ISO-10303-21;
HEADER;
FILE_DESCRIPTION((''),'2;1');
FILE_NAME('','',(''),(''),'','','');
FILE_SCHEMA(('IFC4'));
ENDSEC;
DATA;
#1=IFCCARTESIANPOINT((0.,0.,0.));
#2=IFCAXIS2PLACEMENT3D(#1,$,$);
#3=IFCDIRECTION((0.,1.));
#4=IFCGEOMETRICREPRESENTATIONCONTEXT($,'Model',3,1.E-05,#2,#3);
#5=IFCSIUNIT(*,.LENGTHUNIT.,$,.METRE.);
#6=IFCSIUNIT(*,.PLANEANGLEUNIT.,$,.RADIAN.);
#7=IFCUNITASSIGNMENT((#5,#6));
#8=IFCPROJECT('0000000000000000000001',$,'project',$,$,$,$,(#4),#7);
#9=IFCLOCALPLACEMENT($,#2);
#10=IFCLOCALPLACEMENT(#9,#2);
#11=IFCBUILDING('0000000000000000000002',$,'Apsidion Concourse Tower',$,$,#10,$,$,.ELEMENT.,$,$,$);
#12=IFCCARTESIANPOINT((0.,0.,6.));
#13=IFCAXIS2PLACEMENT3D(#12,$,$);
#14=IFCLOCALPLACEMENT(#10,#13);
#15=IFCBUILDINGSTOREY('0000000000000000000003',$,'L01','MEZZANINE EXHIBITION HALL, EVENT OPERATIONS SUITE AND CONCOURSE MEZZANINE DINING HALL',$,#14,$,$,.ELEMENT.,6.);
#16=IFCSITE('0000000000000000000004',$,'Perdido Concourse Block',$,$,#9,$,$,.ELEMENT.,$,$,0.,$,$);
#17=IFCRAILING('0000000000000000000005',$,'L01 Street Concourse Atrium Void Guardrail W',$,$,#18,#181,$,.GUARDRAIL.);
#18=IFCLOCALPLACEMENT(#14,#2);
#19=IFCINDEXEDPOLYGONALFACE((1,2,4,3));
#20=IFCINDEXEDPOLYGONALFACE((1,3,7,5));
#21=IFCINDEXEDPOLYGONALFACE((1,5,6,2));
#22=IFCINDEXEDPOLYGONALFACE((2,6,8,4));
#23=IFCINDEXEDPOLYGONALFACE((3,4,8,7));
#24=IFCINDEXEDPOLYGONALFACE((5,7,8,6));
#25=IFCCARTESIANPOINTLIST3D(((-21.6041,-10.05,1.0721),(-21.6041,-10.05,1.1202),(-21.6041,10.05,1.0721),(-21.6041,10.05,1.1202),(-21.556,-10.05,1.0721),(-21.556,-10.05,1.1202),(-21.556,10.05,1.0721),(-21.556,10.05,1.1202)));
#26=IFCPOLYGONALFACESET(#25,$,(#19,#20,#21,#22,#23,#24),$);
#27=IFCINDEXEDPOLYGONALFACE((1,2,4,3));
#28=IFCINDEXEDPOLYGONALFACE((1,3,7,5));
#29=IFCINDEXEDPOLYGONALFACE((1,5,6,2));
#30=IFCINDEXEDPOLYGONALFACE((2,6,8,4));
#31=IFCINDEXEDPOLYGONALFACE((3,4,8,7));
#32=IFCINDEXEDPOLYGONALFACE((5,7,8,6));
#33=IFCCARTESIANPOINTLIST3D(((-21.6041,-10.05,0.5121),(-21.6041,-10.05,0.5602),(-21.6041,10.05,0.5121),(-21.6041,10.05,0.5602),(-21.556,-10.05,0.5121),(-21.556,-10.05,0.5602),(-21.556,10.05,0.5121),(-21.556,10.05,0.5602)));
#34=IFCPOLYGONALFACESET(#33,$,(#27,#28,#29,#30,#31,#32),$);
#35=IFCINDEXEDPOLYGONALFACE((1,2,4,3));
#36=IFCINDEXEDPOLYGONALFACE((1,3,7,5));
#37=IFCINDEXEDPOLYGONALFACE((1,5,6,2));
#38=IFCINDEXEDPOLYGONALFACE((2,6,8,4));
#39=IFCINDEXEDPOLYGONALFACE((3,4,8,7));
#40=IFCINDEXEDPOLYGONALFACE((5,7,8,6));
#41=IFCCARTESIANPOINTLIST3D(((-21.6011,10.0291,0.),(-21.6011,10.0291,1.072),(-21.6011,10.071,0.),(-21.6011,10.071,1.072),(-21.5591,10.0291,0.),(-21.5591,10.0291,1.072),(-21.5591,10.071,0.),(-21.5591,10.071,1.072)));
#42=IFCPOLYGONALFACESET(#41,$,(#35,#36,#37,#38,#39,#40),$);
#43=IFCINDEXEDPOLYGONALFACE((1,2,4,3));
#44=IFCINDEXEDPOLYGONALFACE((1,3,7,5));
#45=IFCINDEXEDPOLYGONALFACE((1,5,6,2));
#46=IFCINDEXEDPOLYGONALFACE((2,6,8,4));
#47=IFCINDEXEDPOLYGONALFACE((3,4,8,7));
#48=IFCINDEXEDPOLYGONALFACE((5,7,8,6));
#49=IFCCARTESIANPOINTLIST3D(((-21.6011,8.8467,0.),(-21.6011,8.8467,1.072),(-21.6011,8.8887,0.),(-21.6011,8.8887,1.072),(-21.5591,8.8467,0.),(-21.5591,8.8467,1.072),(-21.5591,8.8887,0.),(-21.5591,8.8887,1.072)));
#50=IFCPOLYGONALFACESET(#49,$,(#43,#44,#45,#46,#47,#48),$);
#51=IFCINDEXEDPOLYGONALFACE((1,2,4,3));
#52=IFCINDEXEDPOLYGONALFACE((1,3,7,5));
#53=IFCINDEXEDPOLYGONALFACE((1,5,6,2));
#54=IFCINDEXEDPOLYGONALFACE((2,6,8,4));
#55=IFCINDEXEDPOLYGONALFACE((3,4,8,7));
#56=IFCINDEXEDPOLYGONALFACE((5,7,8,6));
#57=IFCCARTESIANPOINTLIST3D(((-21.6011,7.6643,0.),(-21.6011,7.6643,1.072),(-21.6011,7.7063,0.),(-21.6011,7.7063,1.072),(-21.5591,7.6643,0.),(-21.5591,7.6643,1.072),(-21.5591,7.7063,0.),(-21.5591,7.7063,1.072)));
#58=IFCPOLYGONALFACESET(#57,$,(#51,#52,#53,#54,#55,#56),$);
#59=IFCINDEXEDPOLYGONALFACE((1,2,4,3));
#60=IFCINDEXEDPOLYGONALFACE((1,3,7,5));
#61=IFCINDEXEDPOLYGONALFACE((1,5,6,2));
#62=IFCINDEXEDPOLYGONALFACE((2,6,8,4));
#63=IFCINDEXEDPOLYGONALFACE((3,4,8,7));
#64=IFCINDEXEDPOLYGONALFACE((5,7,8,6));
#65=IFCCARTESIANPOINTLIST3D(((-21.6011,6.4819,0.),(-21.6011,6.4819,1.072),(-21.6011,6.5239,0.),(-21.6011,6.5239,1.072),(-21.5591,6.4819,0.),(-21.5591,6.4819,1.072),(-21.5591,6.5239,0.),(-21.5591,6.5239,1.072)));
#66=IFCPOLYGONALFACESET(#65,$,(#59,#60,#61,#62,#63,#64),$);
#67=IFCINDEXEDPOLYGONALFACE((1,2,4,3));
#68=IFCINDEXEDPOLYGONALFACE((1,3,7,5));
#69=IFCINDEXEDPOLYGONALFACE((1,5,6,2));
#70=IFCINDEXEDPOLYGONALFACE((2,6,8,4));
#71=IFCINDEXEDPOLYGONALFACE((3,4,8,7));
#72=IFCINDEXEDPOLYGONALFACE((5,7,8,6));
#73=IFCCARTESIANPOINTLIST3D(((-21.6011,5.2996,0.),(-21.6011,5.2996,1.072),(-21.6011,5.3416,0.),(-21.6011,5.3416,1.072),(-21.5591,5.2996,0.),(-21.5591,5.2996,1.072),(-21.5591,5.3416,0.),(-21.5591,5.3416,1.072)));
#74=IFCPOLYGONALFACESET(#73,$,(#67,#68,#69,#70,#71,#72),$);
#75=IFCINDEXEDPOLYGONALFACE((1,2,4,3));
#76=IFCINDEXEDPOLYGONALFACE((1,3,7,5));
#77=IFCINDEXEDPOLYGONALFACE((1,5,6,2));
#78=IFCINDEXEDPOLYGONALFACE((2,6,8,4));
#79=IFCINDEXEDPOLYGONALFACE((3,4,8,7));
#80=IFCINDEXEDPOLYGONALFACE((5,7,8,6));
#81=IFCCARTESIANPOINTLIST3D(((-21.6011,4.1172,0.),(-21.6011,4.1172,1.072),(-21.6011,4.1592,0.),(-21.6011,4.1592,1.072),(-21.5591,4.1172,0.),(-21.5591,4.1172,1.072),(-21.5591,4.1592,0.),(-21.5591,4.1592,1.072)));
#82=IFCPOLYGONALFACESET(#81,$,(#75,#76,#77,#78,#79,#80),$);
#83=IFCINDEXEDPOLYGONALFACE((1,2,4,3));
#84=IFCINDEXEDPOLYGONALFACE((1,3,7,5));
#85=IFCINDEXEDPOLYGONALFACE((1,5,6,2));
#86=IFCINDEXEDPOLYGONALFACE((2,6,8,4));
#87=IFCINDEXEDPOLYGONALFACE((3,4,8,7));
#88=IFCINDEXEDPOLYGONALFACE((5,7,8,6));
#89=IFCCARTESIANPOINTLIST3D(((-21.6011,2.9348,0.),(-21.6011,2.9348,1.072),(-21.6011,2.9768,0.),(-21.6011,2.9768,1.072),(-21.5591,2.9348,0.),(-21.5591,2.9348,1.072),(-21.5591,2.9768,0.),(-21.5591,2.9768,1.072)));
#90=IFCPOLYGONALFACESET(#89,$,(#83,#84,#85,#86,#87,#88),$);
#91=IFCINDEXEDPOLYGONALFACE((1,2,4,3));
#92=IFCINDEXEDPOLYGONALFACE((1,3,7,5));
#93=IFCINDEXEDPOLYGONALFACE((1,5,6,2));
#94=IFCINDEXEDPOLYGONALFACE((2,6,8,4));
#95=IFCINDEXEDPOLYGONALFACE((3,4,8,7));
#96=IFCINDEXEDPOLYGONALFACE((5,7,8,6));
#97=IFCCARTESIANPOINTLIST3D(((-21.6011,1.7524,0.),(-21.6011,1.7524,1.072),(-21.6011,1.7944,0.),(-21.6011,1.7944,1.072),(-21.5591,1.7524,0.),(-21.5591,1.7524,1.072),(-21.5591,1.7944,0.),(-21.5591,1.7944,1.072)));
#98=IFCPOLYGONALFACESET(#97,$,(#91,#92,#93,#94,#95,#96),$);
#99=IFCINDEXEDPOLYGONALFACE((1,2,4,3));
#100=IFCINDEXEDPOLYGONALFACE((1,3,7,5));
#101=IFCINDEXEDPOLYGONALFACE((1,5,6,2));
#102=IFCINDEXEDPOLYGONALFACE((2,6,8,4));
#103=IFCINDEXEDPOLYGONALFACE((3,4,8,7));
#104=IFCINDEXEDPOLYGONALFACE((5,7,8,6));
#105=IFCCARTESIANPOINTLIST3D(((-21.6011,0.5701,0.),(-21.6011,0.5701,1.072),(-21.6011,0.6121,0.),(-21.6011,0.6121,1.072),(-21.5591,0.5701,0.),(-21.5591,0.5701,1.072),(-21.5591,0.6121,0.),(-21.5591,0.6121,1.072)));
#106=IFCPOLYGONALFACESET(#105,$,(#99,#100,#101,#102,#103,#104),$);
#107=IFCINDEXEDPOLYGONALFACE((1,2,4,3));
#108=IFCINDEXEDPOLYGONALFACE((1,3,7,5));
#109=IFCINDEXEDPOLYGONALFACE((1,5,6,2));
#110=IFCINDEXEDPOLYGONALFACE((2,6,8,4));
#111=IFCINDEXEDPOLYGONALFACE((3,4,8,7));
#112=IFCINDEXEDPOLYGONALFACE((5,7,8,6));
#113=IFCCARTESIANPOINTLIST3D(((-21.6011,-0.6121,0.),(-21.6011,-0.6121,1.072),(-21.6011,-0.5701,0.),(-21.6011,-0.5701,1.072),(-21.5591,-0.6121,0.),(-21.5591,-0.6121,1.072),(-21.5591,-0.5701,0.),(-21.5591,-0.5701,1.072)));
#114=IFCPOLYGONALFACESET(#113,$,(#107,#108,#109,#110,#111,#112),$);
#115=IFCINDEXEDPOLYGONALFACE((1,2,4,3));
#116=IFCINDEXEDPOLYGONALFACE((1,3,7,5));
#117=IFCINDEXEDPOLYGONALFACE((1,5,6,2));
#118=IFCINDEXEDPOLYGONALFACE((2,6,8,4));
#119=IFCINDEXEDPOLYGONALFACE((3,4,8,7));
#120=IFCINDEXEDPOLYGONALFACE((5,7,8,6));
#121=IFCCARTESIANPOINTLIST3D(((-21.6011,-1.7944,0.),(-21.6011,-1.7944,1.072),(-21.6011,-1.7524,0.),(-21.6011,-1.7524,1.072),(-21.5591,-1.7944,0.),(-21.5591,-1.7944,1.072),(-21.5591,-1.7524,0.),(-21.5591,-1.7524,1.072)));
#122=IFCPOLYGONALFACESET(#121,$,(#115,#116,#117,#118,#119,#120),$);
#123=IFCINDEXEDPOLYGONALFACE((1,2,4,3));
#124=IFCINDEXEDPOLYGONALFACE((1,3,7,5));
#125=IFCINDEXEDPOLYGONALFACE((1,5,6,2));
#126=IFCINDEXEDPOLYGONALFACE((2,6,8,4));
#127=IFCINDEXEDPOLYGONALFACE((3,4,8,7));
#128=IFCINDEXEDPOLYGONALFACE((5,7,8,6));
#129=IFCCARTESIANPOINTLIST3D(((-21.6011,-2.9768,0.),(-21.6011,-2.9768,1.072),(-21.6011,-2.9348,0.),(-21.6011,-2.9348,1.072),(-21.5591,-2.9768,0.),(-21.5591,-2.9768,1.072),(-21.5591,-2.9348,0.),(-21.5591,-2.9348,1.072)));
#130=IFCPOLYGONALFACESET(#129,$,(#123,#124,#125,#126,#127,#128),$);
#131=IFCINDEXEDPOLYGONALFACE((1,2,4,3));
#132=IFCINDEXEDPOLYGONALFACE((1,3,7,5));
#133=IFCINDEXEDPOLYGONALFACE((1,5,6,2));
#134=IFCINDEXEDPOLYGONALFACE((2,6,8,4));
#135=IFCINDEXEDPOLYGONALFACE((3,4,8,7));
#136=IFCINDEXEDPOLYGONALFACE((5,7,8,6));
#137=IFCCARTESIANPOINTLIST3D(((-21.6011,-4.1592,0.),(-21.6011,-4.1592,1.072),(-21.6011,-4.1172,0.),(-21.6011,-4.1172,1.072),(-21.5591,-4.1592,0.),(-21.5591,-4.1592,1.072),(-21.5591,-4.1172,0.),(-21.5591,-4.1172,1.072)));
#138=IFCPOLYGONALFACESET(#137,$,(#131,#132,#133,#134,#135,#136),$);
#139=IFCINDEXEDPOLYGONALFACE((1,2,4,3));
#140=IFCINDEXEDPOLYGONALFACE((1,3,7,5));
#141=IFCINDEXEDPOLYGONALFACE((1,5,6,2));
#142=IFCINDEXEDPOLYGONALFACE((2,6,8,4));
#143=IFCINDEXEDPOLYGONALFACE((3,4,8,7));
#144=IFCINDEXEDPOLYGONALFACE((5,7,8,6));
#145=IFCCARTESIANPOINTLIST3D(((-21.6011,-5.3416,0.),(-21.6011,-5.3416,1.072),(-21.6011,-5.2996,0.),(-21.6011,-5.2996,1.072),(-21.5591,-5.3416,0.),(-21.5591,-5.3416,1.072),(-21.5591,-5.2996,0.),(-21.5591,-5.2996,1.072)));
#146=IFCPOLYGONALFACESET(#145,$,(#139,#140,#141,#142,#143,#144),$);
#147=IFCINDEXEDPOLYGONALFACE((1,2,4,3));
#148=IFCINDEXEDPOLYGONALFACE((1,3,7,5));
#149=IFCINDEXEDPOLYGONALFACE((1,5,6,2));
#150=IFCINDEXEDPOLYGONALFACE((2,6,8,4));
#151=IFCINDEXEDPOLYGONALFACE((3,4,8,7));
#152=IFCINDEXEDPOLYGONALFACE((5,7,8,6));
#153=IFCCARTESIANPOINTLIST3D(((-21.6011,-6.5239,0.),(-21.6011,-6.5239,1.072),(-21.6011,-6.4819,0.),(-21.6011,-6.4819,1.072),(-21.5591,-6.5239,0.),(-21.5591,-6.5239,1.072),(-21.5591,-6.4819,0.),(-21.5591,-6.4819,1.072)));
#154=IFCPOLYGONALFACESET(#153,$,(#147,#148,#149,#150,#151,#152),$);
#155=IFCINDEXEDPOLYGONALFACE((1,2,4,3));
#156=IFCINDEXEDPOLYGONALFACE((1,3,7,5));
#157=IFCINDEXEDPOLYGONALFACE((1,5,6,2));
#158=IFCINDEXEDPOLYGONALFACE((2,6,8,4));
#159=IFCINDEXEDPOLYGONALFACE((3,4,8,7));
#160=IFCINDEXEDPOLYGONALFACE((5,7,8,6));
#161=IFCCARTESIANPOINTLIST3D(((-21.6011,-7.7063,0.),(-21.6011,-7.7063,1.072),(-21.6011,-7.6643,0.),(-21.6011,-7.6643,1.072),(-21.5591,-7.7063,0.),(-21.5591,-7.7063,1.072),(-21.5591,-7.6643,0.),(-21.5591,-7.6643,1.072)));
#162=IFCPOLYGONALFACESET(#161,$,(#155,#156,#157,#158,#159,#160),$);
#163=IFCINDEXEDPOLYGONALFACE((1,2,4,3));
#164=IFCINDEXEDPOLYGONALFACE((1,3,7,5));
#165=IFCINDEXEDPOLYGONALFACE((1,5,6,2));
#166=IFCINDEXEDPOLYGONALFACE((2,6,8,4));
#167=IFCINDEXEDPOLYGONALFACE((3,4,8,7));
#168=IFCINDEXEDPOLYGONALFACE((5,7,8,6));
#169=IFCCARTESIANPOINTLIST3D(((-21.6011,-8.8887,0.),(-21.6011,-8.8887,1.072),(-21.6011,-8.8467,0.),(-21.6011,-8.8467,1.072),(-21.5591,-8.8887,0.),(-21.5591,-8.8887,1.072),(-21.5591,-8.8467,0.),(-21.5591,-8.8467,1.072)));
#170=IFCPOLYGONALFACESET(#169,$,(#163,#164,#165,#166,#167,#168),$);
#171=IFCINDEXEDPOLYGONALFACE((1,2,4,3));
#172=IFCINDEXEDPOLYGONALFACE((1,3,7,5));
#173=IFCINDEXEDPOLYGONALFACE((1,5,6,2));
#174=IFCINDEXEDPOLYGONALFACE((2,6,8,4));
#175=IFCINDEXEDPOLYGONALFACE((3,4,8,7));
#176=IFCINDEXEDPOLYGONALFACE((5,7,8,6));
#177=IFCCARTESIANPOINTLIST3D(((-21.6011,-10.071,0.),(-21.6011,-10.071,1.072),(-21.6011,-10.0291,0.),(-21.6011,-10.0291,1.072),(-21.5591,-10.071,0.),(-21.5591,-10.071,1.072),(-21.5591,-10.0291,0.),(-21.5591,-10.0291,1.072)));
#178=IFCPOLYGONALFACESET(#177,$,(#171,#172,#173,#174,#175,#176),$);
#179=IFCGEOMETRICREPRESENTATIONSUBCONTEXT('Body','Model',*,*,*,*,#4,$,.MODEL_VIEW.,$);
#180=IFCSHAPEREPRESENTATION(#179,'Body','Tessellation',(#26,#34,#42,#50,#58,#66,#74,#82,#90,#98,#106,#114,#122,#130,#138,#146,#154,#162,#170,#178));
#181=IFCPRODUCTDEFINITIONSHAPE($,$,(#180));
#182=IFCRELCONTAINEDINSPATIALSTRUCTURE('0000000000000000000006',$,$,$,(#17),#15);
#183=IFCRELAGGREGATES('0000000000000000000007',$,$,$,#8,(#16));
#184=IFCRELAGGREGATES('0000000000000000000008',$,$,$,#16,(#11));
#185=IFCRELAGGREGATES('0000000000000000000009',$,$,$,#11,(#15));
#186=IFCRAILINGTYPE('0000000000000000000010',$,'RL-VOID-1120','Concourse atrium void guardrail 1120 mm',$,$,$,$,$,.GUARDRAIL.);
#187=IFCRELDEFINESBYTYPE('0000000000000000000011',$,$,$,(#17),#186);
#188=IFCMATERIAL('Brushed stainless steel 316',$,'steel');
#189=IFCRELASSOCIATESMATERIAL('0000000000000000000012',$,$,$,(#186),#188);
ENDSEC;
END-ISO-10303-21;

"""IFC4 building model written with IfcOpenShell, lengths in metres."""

from ifc_helpers import new_model, si_unit, direction, frame, origin, origin_2d, place, context, subcontext, project, spatial, rectangle, extrude, material, type_object, element, save


model = new_model("IFC4")

# Units and contexts
model_context = context("Model", 3, precision=1e-05, world=origin(), true_north=direction((0.0, 1.0)))
body_context = subcontext(model_context, "Body", "Model", "MODEL_VIEW")
ifc_project = project(units=[si_unit("LENGTHUNIT", "METRE"), si_unit("PLANEANGLEUNIT", "RADIAN")], contexts=[model_context])

# Site, building, storey
site_placement = place(None, origin())
site = spatial("IfcSite", under=ifc_project, at=site_placement, Name="Perdido Concourse Block", CompositionType="ELEMENT", RefElevation=0.0)
building_placement = place(site_placement, origin())
building = spatial("IfcBuilding", under=site, at=building_placement, Name="Apsidion Concourse Tower", CompositionType="ELEMENT")
storey_placement = place(building_placement, frame((0.0, 0.0, 6.0)))
storey = spatial("IfcBuildingStorey", under=building, at=storey_placement, Name="L01", Description="MEZZANINE EXHIBITION HALL, EVENT OPERATIONS SUITE AND CONCOURSE MEZZANINE DINING HALL", CompositionType="ELEMENT", Elevation=6.0)

# Shared definitions
ifc_material_1 = material(Name="Brushed stainless steel 316", Category="steel")

# Railing
railing_type = type_object("IfcRailingType", Name="RL-VOID-1120", Description="Concourse atrium void guardrail 1120 mm", PredefinedType="GUARDRAIL", material=ifc_material_1)
railing_placement = place(storey_placement, frame((-21.5801, 10.05, 0.0)))
element("IfcRailing", 1, at=railing_placement, inside=storey, type_object=railing_type, Name="L01 Street Concourse Atrium Void Guardrail W", PredefinedType="GUARDRAIL", context=body_context, shape_type="SweptSolid", body=[
    extrude(rectangle(XDim=0.0481, YDim=0.0481, at=origin_2d()), frame((0.0, 0.0, 1.0962), z_axis=(0.0, -1.0, 0.0), x_axis=(1.0, 0.0, 0.0)), (0.0, 0.0, 1.0), 20.1001),
    extrude(rectangle(XDim=0.0481, YDim=0.0481, at=origin_2d()), frame((0.0, 0.0, 0.5361), z_axis=(0.0, -1.0, 0.0), x_axis=(1.0, 0.0, 0.0)), (0.0, 0.0, 1.0), 20.1001),
    extrude(rectangle(XDim=0.042, YDim=0.042, at=origin_2d()), origin(), (0.0, 0.0, 1.0), 1.072),
    extrude(rectangle(XDim=0.042, YDim=0.042, at=origin_2d()), frame((0.0, -1.1824, 0.0)), (0.0, 0.0, 1.0), 1.072),
    extrude(rectangle(XDim=0.042, YDim=0.042, at=origin_2d()), frame((0.0, -2.3647, 0.0)), (0.0, 0.0, 1.0), 1.072),
    extrude(rectangle(XDim=0.042, YDim=0.042, at=origin_2d()), frame((0.0, -3.5471, 0.0)), (0.0, 0.0, 1.0), 1.072),
    extrude(rectangle(XDim=0.042, YDim=0.042, at=origin_2d()), frame((0.0, -4.7295, 0.0)), (0.0, 0.0, 1.0), 1.072),
    extrude(rectangle(XDim=0.042, YDim=0.042, at=origin_2d()), frame((0.0, -5.9119, 0.0)), (0.0, 0.0, 1.0), 1.072),
    extrude(rectangle(XDim=0.042, YDim=0.042, at=origin_2d()), frame((0.0, -7.0942, 0.0)), (0.0, 0.0, 1.0), 1.072),
    extrude(rectangle(XDim=0.042, YDim=0.042, at=origin_2d()), frame((0.0, -8.2766, 0.0)), (0.0, 0.0, 1.0), 1.072),
    extrude(rectangle(XDim=0.042, YDim=0.042, at=origin_2d()), frame((0.0, -9.459, 0.0)), (0.0, 0.0, 1.0), 1.072),
    extrude(rectangle(XDim=0.042, YDim=0.042, at=origin_2d()), frame((0.0, -10.6411, 0.0)), (0.0, 0.0, 1.0), 1.072),
    extrude(rectangle(XDim=0.042, YDim=0.042, at=origin_2d()), frame((0.0, -11.8235, 0.0)), (0.0, 0.0, 1.0), 1.072),
    extrude(rectangle(XDim=0.042, YDim=0.042, at=origin_2d()), frame((0.0, -13.0059, 0.0)), (0.0, 0.0, 1.0), 1.072),
    extrude(rectangle(XDim=0.042, YDim=0.042, at=origin_2d()), frame((0.0, -14.1882, 0.0)), (0.0, 0.0, 1.0), 1.072),
    extrude(rectangle(XDim=0.042, YDim=0.042, at=origin_2d()), frame((0.0, -15.3706, 0.0)), (0.0, 0.0, 1.0), 1.072),
    extrude(rectangle(XDim=0.042, YDim=0.042, at=origin_2d()), frame((0.0, -16.553, 0.0)), (0.0, 0.0, 1.0), 1.072),
    extrude(rectangle(XDim=0.042, YDim=0.042, at=origin_2d()), frame((0.0, -17.7354, 0.0)), (0.0, 0.0, 1.0), 1.072),
    extrude(rectangle(XDim=0.042, YDim=0.042, at=origin_2d()), frame((0.0, -18.9177, 0.0)), (0.0, 0.0, 1.0), 1.072),
    extrude(rectangle(XDim=0.042, YDim=0.042, at=origin_2d()), frame((0.0, -20.1001, 0.0)), (0.0, 0.0, 1.0), 1.072),
])

save(model, "model.ifc")
